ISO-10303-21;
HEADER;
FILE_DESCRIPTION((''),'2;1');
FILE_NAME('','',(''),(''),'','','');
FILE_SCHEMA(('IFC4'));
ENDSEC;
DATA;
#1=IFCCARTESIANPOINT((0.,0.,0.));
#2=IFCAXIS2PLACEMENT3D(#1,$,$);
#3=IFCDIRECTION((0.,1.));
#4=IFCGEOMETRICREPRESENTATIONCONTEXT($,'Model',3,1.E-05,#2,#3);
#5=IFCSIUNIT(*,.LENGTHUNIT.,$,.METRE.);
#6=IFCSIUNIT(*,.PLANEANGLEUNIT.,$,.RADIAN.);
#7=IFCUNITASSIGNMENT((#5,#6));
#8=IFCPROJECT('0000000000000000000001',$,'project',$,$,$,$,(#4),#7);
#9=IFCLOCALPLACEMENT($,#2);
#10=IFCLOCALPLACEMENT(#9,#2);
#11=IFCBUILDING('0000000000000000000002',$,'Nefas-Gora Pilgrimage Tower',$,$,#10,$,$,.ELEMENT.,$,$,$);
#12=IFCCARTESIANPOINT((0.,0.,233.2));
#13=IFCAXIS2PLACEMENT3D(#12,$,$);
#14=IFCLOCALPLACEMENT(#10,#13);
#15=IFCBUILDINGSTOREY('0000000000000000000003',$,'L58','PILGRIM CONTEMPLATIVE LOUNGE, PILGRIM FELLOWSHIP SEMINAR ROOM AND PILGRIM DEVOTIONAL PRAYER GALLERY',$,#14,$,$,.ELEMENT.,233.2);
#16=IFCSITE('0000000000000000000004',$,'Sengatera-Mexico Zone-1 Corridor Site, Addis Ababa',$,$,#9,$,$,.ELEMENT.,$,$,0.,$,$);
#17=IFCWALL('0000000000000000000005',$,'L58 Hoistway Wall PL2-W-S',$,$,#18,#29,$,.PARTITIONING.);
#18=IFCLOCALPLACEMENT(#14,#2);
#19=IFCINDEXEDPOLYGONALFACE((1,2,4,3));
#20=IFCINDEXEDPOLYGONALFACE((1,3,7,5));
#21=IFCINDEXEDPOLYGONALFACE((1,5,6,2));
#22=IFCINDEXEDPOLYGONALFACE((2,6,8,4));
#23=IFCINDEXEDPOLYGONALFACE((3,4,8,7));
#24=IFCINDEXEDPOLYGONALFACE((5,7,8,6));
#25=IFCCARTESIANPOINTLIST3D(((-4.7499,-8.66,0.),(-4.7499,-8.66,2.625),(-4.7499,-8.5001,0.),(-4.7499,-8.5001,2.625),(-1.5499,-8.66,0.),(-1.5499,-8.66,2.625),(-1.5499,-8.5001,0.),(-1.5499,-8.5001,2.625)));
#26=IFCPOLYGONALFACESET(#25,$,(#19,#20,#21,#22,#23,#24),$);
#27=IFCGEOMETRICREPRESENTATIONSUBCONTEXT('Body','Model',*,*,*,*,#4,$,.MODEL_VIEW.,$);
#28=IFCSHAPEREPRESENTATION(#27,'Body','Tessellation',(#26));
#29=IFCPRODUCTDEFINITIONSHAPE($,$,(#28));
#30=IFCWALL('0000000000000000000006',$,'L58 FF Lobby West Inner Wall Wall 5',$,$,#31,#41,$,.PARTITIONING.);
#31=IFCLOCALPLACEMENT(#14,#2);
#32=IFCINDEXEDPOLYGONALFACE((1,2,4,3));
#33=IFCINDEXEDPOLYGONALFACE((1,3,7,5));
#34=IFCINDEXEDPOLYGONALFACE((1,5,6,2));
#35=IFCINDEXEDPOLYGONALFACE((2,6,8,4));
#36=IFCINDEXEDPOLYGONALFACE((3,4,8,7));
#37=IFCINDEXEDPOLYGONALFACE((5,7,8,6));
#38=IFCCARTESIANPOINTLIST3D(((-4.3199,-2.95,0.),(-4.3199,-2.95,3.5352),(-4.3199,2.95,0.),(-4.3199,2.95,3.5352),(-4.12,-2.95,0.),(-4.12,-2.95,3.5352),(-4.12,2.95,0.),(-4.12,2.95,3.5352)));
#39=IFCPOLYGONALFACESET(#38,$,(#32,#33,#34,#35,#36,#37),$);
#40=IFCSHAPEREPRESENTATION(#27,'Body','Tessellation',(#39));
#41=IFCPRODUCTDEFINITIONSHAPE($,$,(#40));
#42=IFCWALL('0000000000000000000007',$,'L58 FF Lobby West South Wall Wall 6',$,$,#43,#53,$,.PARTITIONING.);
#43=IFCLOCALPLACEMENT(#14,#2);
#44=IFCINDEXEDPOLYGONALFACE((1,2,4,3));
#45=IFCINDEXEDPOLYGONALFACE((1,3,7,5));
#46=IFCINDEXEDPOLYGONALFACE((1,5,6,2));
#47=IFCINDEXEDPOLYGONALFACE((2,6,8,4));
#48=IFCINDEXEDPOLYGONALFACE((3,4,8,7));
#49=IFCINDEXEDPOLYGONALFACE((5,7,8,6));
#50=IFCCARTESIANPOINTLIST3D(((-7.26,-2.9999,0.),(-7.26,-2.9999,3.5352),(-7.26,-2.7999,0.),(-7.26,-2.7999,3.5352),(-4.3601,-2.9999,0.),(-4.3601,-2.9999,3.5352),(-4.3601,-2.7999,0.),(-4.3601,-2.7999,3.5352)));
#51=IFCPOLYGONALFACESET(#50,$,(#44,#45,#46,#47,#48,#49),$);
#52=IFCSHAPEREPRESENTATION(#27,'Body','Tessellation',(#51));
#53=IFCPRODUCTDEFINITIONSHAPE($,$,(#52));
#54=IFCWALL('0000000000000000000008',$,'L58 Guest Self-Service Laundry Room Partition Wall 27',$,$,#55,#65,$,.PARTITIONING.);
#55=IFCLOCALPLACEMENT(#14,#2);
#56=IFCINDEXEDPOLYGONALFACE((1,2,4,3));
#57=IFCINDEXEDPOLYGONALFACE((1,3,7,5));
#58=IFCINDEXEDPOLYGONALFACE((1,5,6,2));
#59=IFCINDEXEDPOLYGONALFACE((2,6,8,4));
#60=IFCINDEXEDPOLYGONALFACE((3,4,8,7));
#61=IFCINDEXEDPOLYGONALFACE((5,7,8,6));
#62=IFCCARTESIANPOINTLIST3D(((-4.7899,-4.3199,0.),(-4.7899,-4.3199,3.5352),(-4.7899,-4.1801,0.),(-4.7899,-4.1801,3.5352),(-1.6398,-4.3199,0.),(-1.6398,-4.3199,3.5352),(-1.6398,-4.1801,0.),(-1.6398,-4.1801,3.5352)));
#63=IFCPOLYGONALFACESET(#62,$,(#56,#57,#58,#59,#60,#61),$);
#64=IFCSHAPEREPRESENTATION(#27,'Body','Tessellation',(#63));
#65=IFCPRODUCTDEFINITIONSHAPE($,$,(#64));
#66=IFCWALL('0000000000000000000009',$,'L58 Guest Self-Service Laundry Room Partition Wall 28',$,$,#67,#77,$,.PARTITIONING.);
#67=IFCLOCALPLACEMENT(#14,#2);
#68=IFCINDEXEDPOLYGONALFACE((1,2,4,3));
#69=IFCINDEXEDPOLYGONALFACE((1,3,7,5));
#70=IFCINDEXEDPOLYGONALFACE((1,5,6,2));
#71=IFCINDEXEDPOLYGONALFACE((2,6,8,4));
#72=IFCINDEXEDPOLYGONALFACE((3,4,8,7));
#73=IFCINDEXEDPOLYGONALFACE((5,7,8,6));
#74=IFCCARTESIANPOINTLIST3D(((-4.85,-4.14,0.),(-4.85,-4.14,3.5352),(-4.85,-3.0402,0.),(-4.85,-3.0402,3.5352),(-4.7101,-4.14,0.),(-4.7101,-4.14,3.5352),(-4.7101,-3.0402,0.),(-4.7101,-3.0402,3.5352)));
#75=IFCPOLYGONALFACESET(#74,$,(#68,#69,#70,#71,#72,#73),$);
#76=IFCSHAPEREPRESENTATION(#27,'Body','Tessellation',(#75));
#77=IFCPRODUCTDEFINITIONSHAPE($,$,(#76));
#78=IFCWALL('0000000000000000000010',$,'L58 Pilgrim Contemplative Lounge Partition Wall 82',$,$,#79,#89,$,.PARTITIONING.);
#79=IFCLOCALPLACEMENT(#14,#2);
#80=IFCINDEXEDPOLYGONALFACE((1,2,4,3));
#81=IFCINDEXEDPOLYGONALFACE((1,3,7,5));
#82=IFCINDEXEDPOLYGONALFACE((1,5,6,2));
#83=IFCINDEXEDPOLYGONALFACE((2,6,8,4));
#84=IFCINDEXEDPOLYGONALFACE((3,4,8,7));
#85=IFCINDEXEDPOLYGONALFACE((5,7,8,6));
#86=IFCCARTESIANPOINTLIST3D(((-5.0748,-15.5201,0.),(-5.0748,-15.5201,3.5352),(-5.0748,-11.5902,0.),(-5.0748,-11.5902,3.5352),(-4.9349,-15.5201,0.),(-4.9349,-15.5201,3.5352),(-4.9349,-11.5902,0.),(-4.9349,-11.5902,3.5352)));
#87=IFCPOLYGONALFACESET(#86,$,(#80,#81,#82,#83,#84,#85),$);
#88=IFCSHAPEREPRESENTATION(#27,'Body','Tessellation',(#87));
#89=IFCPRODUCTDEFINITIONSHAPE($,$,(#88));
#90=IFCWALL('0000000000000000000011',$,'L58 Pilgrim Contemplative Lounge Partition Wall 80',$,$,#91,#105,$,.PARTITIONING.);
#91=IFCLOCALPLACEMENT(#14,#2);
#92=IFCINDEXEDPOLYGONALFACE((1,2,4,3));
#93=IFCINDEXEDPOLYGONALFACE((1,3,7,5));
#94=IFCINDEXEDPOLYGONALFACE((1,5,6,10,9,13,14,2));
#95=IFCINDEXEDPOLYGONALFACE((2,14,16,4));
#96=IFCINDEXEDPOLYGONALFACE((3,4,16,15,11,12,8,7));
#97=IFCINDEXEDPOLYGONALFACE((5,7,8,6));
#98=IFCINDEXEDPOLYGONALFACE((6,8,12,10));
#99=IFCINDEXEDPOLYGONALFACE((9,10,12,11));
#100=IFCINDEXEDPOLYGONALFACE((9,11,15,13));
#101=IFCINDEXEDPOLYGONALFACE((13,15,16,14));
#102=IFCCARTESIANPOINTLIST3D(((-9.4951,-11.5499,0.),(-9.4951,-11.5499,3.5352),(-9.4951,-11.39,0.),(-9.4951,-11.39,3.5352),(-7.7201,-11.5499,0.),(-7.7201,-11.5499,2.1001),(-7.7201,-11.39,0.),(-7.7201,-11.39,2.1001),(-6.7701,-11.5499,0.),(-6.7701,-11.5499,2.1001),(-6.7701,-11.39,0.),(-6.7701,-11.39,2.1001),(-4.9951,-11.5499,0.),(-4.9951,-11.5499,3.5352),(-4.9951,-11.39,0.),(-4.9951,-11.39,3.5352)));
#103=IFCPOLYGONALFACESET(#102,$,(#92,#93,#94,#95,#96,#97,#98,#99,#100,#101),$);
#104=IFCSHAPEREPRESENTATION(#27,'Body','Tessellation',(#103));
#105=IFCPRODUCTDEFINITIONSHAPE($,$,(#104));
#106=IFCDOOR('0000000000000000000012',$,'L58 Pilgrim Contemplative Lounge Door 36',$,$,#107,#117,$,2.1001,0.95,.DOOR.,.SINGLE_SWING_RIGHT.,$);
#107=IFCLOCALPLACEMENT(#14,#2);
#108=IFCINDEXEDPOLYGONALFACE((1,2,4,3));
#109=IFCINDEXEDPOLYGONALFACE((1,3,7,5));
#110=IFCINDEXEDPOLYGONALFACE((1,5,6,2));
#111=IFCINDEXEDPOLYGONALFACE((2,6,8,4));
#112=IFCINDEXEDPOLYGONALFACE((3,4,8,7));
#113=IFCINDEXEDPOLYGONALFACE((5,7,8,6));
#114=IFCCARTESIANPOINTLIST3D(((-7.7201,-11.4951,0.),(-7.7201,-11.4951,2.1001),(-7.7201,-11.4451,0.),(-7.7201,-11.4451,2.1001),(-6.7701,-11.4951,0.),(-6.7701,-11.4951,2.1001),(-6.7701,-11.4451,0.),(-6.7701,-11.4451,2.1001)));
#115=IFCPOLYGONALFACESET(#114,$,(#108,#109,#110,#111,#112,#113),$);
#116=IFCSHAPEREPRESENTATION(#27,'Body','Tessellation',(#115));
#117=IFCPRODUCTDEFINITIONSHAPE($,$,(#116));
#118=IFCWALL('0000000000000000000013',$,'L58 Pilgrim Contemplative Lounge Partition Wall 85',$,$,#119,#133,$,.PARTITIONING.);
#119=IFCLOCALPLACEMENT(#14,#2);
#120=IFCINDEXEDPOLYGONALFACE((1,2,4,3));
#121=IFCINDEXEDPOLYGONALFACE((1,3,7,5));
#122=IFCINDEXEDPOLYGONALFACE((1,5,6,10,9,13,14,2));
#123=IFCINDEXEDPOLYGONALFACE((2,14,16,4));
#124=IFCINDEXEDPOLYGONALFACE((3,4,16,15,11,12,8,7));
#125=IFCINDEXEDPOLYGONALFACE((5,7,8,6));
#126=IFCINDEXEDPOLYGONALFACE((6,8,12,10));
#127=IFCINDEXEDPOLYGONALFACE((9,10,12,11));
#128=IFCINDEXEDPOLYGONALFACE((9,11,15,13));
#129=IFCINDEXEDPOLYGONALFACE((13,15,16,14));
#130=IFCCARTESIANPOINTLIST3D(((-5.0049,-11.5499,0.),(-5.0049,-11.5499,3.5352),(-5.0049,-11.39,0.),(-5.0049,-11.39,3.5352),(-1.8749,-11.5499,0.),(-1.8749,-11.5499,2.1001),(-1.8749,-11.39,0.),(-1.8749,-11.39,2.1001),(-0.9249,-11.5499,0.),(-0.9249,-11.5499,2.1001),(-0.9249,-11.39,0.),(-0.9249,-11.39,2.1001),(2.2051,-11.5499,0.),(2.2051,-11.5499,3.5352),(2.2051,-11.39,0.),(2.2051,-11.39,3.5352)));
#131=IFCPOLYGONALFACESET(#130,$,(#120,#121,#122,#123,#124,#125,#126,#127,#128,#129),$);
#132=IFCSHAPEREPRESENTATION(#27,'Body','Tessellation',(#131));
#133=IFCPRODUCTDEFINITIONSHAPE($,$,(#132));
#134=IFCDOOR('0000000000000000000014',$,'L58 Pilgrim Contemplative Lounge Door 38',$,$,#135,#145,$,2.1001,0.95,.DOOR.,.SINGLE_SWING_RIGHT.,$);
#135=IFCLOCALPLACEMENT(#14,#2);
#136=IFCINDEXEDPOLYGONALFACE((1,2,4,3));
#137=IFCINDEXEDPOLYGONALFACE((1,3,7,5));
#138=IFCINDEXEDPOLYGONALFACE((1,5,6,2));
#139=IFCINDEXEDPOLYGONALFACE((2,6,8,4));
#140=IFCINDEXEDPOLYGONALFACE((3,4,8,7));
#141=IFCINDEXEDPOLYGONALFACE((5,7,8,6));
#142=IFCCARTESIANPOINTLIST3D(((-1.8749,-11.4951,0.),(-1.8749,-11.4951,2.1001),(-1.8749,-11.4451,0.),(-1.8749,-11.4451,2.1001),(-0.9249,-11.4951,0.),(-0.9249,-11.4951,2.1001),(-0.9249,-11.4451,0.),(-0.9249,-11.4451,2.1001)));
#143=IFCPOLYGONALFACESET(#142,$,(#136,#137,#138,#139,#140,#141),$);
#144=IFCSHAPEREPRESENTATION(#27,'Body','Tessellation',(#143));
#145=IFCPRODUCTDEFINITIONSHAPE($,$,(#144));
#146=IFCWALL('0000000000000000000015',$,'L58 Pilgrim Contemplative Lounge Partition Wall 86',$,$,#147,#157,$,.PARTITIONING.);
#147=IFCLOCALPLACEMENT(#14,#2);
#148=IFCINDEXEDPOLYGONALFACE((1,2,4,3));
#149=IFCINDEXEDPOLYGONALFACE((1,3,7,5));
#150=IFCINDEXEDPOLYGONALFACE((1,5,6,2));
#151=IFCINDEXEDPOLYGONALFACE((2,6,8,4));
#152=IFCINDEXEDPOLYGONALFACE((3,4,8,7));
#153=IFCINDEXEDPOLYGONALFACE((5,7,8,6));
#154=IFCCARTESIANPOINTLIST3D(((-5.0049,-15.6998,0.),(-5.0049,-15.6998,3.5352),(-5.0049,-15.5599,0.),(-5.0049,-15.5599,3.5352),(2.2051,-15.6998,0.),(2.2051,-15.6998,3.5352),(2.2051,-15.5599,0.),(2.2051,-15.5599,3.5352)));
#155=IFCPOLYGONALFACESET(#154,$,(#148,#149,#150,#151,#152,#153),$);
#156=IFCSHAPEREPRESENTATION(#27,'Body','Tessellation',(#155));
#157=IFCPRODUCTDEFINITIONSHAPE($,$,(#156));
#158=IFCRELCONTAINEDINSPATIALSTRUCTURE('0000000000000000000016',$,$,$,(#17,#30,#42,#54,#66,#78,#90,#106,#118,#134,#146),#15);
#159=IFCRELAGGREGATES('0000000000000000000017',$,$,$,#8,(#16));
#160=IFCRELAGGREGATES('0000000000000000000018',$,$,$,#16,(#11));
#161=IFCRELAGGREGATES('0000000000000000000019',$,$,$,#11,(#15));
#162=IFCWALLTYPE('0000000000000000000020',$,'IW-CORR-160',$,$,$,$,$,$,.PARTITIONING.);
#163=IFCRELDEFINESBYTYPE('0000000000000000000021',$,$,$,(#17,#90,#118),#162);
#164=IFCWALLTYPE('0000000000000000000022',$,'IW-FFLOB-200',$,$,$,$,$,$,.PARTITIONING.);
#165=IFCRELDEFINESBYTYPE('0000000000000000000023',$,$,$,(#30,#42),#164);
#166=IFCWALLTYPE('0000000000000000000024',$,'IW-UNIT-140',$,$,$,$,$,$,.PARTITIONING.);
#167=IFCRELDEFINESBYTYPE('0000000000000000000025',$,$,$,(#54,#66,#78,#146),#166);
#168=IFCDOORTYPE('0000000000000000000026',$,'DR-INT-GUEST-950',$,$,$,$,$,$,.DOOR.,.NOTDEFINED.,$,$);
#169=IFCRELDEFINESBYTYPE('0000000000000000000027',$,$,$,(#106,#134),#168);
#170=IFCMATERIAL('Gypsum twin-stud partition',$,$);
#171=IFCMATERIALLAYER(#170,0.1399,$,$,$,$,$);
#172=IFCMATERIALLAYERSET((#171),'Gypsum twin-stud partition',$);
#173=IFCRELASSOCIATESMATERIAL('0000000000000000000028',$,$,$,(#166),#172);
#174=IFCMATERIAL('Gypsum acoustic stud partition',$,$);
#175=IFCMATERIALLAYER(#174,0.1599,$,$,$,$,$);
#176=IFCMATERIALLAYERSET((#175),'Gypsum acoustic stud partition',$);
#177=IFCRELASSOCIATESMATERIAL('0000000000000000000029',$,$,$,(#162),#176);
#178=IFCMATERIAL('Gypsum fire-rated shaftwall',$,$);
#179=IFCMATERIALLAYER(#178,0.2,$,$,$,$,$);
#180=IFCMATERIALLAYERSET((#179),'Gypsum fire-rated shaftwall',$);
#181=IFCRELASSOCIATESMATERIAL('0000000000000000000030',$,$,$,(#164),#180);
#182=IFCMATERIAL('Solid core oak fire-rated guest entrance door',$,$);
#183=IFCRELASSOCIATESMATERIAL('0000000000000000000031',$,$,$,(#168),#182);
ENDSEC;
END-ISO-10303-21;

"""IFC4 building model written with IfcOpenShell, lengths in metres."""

from ifc_helpers import new_model, si_unit, direction, frame, frame_2d, origin, place, context, subcontext, project, spatial, rectangle, extrude, source, transform, mapped, material, layer, layer_set, type_object, element, fill, save


model = new_model("IFC4")

# Units and contexts
model_context = context("Model", 3, precision=1e-05, world=origin(), true_north=direction((0.0, 1.0)))
body_context = subcontext(model_context, "Body", "Model", "MODEL_VIEW")
ifc_project = project(units=[si_unit("LENGTHUNIT", "METRE"), si_unit("PLANEANGLEUNIT", "RADIAN")], contexts=[model_context])

# Site, building, storey
site_placement = place(None, origin())
site = spatial("IfcSite", under=ifc_project, at=site_placement, Name="Sengatera-Mexico Zone-1 Corridor Site, Addis Ababa", CompositionType="ELEMENT", RefElevation=0.0)
building_placement = place(site_placement, origin())
building = spatial("IfcBuilding", under=site, at=building_placement, Name="Nefas-Gora Pilgrimage Tower", CompositionType="ELEMENT")
storey_placement = place(building_placement, frame((0.0, 0.0, 233.2)))
storey = spatial("IfcBuildingStorey", under=building, at=storey_placement, Name="L58", Description="PILGRIM CONTEMPLATIVE LOUNGE, PILGRIM FELLOWSHIP SEMINAR ROOM AND PILGRIM DEVOTIONAL PRAYER GALLERY", CompositionType="ELEMENT", Elevation=233.2)

# Walls
ifc_material_1 = material(Name="Gypsum twin-stud partition")
ifc_layer_1 = layer(ifc_material_1, 0.1399)
ifc_layer_set_1 = layer_set([ifc_layer_1], Name="Gypsum twin-stud partition")
wall_type_1 = type_object("IfcWallType", Name="IW-UNIT-140", PredefinedType="PARTITIONING", material=ifc_layer_set_1)
ifc_material_2 = material(Name="Gypsum acoustic stud partition")
ifc_layer_2 = layer(ifc_material_2, 0.1599)
ifc_layer_set_2 = layer_set([ifc_layer_2], Name="Gypsum acoustic stud partition")
wall_type_2 = type_object("IfcWallType", Name="IW-CORR-160", PredefinedType="PARTITIONING", material=ifc_layer_set_2)
shared_shape_1 = source(origin(), body_context, "Body", "SweptSolid", [
    extrude(rectangle(XDim=3.2, YDim=0.1599, at=frame_2d((1.6001, 0.0))), origin(), (0.0, 0.0, 1.0), 2.625),
])
wall_1_placement = place(storey_placement, frame((-4.75, -8.5801, 0.0), z_axis=(0.0, 0.0, 1.0), x_axis=(1.0, 0.0, 0.0)))
element("IfcWall", 1, at=wall_1_placement, inside=storey, type_object=wall_type_2, Name="L58 Hoistway Wall PL2-W-S", PredefinedType="PARTITIONING", context=body_context, shape_type="MappedRepresentation", body=[
    mapped(shared_shape_1, transform((0.0, 0.0, 0.0), x_axis=(1.0, 0.0, 0.0), y_axis=(0.0, 1.0, 0.0), z_axis=(0.0, 0.0, 1.0), scale=1.0)),
])
ifc_material_3 = material(Name="Gypsum fire-rated shaftwall")
ifc_layer_3 = layer(ifc_material_3, 0.2)
ifc_layer_set_3 = layer_set([ifc_layer_3], Name="Gypsum fire-rated shaftwall")
wall_type_3 = type_object("IfcWallType", Name="IW-FFLOB-200", PredefinedType="PARTITIONING", material=ifc_layer_set_3)
shared_shape_2 = source(origin(), body_context, "Body", "SweptSolid", [
    extrude(rectangle(XDim=5.8999, YDim=0.2, at=frame_2d((2.95, 0.0))), origin(), (0.0, 0.0, 1.0), 3.5352),
])
wall_2_placement = place(storey_placement, frame((-4.22, -2.95, 0.0), z_axis=(0.0, 0.0, 1.0), x_axis=(0.0, 1.0, 0.0)))
element("IfcWall", 2, at=wall_2_placement, inside=storey, type_object=wall_type_3, Name="L58 FF Lobby West Inner Wall Wall 5", PredefinedType="PARTITIONING", context=body_context, shape_type="MappedRepresentation", body=[
    mapped(shared_shape_2, transform((0.0, 0.0, 0.0), x_axis=(1.0, 0.0, 0.0), y_axis=(0.0, 1.0, 0.0), z_axis=(0.0, 0.0, 1.0), scale=1.0)),
])
shared_shape_3 = source(origin(), body_context, "Body", "SweptSolid", [
    extrude(rectangle(XDim=2.8999, YDim=0.2, at=frame_2d((1.45, 0.0))), origin(), (0.0, 0.0, 1.0), 3.5352),
])
wall_3_placement = place(storey_placement, frame((-7.26, -2.8999, 0.0), z_axis=(0.0, 0.0, 1.0), x_axis=(1.0, 0.0, 0.0)))
element("IfcWall", 3, at=wall_3_placement, inside=storey, type_object=wall_type_3, Name="L58 FF Lobby West South Wall Wall 6", PredefinedType="PARTITIONING", context=body_context, shape_type="MappedRepresentation", body=[
    mapped(shared_shape_3, transform((0.0, 0.0, 0.0), x_axis=(1.0, 0.0, 0.0), y_axis=(0.0, 1.0, 0.0), z_axis=(0.0, 0.0, 1.0), scale=1.0)),
])
shared_shape_4 = source(origin(), body_context, "Body", "SweptSolid", [
    extrude(rectangle(XDim=3.1501, YDim=0.1399, at=frame_2d((1.5752, 0.0))), origin(), (0.0, 0.0, 1.0), 3.5352),
])
wall_4_placement = place(storey_placement, frame((-4.79, -4.25, 0.0), z_axis=(0.0, 0.0, 1.0), x_axis=(1.0, 0.0, 0.0)))
element("IfcWall", 4, at=wall_4_placement, inside=storey, type_object=wall_type_1, Name="L58 Guest Self-Service Laundry Room Partition Wall 27", PredefinedType="PARTITIONING", context=body_context, shape_type="MappedRepresentation", body=[
    mapped(shared_shape_4, transform((0.0, 0.0, 0.0), x_axis=(1.0, 0.0, 0.0), y_axis=(0.0, 1.0, 0.0), z_axis=(0.0, 0.0, 1.0), scale=1.0)),
])
shared_shape_5 = source(origin(), body_context, "Body", "SweptSolid", [
    extrude(rectangle(XDim=1.0999, YDim=0.1399, at=frame_2d((0.5498, 0.0))), origin(), (0.0, 0.0, 1.0), 3.5352),
])
wall_5_placement = place(storey_placement, frame((-4.78, -4.1399, 0.0), z_axis=(0.0, 0.0, 1.0), x_axis=(0.0, 1.0, 0.0)))
element("IfcWall", 5, at=wall_5_placement, inside=storey, type_object=wall_type_1, Name="L58 Guest Self-Service Laundry Room Partition Wall 28", PredefinedType="PARTITIONING", context=body_context, shape_type="MappedRepresentation", body=[
    mapped(shared_shape_5, transform((0.0, 0.0, 0.0), x_axis=(1.0, 0.0, 0.0), y_axis=(0.0, 1.0, 0.0), z_axis=(0.0, 0.0, 1.0), scale=1.0)),
])
shared_shape_6 = source(origin(), body_context, "Body", "SweptSolid", [
    extrude(rectangle(XDim=3.9299, YDim=0.1399, at=frame_2d((1.9648, 0.0))), origin(), (0.0, 0.0, 1.0), 3.5352),
])
wall_6_placement = place(storey_placement, frame((-5.0049, -15.52, 0.0), z_axis=(0.0, 0.0, 1.0), x_axis=(0.0, 1.0, 0.0)))
element("IfcWall", 6, at=wall_6_placement, inside=storey, type_object=wall_type_1, Name="L58 Pilgrim Contemplative Lounge Partition Wall 82", PredefinedType="PARTITIONING", context=body_context, shape_type="MappedRepresentation", body=[
    mapped(shared_shape_6, transform((0.0, 0.0, 0.0), x_axis=(1.0, 0.0, 0.0), y_axis=(0.0, 1.0, 0.0), z_axis=(0.0, 0.0, 1.0), scale=1.0)),
])

# Walls, openings, doors
shared_shape_7 = source(origin(), body_context, "Body", "SweptSolid", [
    extrude(rectangle(XDim=4.5, YDim=0.1599, at=frame_2d((2.25, 0.0))), origin(), (0.0, 0.0, 1.0), 3.5352),
])
wall_7_placement = place(storey_placement, frame((-9.4951, -11.47, 0.0), z_axis=(0.0, 0.0, 1.0), x_axis=(1.0, 0.0, 0.0)))
wall_7 = element("IfcWall", 7, at=wall_7_placement, inside=storey, type_object=wall_type_2, Name="L58 Pilgrim Contemplative Lounge Partition Wall 80", PredefinedType="PARTITIONING", context=body_context, shape_type="MappedRepresentation", body=[
    mapped(shared_shape_7, transform((0.0, 0.0, 0.0), x_axis=(1.0, 0.0, 0.0), y_axis=(0.0, 1.0, 0.0), z_axis=(0.0, 0.0, 1.0), scale=1.0)),
])
opening_1_placement = place(wall_7_placement, frame((1.7749, 0.0, 0.0)))
opening_1 = element("IfcOpeningElement", 8, at=opening_1_placement, cuts=wall_7, PredefinedType="OPENING", context=body_context, shape_type="SweptSolid", body=[
    extrude(rectangle(XDim=0.95, YDim=2.1001, at=frame_2d((0.4751, 1.05))), frame((0.0, 0.0898, 0.0), z_axis=(0.0, -1.0, 0.0), x_axis=(1.0, 0.0, 0.0)), (0.0, 0.0, 1.0), 0.1799),
])
ifc_material_4 = material(Name="Solid core oak fire-rated guest entrance door")
door_type_1 = type_object("IfcDoorType", Name="DR-INT-GUEST-950", OperationType="NOTDEFINED", PredefinedType="DOOR", material=ifc_material_4)
shared_shape_8 = source(origin(), body_context, "Body", "SweptSolid", [
    extrude(rectangle(XDim=0.95, YDim=2.1001, at=frame_2d((0.4751, 1.05))), frame((0.0, 0.0249, 0.0), z_axis=(0.0, -1.0, 0.0), x_axis=(1.0, 0.0, 0.0)), (0.0, 0.0, 1.0), 0.05),
])
door_1_placement = place(opening_1_placement, origin())
door_1 = element("IfcDoor", 9, at=door_1_placement, inside=storey, type_object=door_type_1, Name="L58 Pilgrim Contemplative Lounge Door 36", OperationType="SINGLE_SWING_RIGHT", OverallHeight=2.1001, OverallWidth=0.95, PredefinedType="DOOR", context=body_context, shape_type="MappedRepresentation", body=[
    mapped(shared_shape_8, transform((0.0, 0.0, 0.0), x_axis=(1.0, 0.0, 0.0), y_axis=(0.0, 1.0, 0.0), z_axis=(0.0, 0.0, 1.0), scale=1.0)),
])
fill(opening_1, door_1)
shared_shape_9 = source(origin(), body_context, "Body", "SweptSolid", [
    extrude(rectangle(XDim=7.21, YDim=0.1599, at=frame_2d((3.605, 0.0))), origin(), (0.0, 0.0, 1.0), 3.5352),
])
wall_8_placement = place(storey_placement, frame((-5.0049, -11.47, 0.0), z_axis=(0.0, 0.0, 1.0), x_axis=(1.0, 0.0, 0.0)))
wall_8 = element("IfcWall", 10, at=wall_8_placement, inside=storey, type_object=wall_type_2, Name="L58 Pilgrim Contemplative Lounge Partition Wall 85", PredefinedType="PARTITIONING", context=body_context, shape_type="MappedRepresentation", body=[
    mapped(shared_shape_9, transform((0.0, 0.0, 0.0), x_axis=(1.0, 0.0, 0.0), y_axis=(0.0, 1.0, 0.0), z_axis=(0.0, 0.0, 1.0), scale=1.0)),
])
opening_2_placement = place(wall_8_placement, frame((3.1299, 0.0, 0.0)))
opening_2 = element("IfcOpeningElement", 11, at=opening_2_placement, cuts=wall_8, PredefinedType="OPENING", context=body_context, shape_type="SweptSolid", body=[
    extrude(rectangle(XDim=0.95, YDim=2.1001, at=frame_2d((0.4751, 1.05))), frame((0.0, 0.0898, 0.0), z_axis=(0.0, -1.0, 0.0), x_axis=(1.0, 0.0, 0.0)), (0.0, 0.0, 1.0), 0.1799),
])
door_2_placement = place(opening_2_placement, origin())
door_2 = element("IfcDoor", 12, at=door_2_placement, inside=storey, type_object=door_type_1, Name="L58 Pilgrim Contemplative Lounge Door 38", OperationType="SINGLE_SWING_RIGHT", OverallHeight=2.1001, OverallWidth=0.95, PredefinedType="DOOR", context=body_context, shape_type="MappedRepresentation", body=[
    mapped(shared_shape_8, transform((0.0, 0.0, 0.0), x_axis=(1.0, 0.0, 0.0), y_axis=(0.0, 1.0, 0.0), z_axis=(0.0, 0.0, 1.0), scale=1.0)),
])
fill(opening_2, door_2)

# Wall
shared_shape_10 = source(origin(), body_context, "Body", "SweptSolid", [
    extrude(rectangle(XDim=7.21, YDim=0.1399, at=frame_2d((3.605, 0.0))), origin(), (0.0, 0.0, 1.0), 3.5352),
])
wall_9_placement = place(storey_placement, frame((-5.0049, -15.6299, 0.0), z_axis=(0.0, 0.0, 1.0), x_axis=(1.0, 0.0, 0.0)))
element("IfcWall", 13, at=wall_9_placement, inside=storey, type_object=wall_type_1, Name="L58 Pilgrim Contemplative Lounge Partition Wall 86", PredefinedType="PARTITIONING", context=body_context, shape_type="MappedRepresentation", body=[
    mapped(shared_shape_10, transform((0.0, 0.0, 0.0), x_axis=(1.0, 0.0, 0.0), y_axis=(0.0, 1.0, 0.0), z_axis=(0.0, 0.0, 1.0), scale=1.0)),
])

save(model, "model.ifc")
